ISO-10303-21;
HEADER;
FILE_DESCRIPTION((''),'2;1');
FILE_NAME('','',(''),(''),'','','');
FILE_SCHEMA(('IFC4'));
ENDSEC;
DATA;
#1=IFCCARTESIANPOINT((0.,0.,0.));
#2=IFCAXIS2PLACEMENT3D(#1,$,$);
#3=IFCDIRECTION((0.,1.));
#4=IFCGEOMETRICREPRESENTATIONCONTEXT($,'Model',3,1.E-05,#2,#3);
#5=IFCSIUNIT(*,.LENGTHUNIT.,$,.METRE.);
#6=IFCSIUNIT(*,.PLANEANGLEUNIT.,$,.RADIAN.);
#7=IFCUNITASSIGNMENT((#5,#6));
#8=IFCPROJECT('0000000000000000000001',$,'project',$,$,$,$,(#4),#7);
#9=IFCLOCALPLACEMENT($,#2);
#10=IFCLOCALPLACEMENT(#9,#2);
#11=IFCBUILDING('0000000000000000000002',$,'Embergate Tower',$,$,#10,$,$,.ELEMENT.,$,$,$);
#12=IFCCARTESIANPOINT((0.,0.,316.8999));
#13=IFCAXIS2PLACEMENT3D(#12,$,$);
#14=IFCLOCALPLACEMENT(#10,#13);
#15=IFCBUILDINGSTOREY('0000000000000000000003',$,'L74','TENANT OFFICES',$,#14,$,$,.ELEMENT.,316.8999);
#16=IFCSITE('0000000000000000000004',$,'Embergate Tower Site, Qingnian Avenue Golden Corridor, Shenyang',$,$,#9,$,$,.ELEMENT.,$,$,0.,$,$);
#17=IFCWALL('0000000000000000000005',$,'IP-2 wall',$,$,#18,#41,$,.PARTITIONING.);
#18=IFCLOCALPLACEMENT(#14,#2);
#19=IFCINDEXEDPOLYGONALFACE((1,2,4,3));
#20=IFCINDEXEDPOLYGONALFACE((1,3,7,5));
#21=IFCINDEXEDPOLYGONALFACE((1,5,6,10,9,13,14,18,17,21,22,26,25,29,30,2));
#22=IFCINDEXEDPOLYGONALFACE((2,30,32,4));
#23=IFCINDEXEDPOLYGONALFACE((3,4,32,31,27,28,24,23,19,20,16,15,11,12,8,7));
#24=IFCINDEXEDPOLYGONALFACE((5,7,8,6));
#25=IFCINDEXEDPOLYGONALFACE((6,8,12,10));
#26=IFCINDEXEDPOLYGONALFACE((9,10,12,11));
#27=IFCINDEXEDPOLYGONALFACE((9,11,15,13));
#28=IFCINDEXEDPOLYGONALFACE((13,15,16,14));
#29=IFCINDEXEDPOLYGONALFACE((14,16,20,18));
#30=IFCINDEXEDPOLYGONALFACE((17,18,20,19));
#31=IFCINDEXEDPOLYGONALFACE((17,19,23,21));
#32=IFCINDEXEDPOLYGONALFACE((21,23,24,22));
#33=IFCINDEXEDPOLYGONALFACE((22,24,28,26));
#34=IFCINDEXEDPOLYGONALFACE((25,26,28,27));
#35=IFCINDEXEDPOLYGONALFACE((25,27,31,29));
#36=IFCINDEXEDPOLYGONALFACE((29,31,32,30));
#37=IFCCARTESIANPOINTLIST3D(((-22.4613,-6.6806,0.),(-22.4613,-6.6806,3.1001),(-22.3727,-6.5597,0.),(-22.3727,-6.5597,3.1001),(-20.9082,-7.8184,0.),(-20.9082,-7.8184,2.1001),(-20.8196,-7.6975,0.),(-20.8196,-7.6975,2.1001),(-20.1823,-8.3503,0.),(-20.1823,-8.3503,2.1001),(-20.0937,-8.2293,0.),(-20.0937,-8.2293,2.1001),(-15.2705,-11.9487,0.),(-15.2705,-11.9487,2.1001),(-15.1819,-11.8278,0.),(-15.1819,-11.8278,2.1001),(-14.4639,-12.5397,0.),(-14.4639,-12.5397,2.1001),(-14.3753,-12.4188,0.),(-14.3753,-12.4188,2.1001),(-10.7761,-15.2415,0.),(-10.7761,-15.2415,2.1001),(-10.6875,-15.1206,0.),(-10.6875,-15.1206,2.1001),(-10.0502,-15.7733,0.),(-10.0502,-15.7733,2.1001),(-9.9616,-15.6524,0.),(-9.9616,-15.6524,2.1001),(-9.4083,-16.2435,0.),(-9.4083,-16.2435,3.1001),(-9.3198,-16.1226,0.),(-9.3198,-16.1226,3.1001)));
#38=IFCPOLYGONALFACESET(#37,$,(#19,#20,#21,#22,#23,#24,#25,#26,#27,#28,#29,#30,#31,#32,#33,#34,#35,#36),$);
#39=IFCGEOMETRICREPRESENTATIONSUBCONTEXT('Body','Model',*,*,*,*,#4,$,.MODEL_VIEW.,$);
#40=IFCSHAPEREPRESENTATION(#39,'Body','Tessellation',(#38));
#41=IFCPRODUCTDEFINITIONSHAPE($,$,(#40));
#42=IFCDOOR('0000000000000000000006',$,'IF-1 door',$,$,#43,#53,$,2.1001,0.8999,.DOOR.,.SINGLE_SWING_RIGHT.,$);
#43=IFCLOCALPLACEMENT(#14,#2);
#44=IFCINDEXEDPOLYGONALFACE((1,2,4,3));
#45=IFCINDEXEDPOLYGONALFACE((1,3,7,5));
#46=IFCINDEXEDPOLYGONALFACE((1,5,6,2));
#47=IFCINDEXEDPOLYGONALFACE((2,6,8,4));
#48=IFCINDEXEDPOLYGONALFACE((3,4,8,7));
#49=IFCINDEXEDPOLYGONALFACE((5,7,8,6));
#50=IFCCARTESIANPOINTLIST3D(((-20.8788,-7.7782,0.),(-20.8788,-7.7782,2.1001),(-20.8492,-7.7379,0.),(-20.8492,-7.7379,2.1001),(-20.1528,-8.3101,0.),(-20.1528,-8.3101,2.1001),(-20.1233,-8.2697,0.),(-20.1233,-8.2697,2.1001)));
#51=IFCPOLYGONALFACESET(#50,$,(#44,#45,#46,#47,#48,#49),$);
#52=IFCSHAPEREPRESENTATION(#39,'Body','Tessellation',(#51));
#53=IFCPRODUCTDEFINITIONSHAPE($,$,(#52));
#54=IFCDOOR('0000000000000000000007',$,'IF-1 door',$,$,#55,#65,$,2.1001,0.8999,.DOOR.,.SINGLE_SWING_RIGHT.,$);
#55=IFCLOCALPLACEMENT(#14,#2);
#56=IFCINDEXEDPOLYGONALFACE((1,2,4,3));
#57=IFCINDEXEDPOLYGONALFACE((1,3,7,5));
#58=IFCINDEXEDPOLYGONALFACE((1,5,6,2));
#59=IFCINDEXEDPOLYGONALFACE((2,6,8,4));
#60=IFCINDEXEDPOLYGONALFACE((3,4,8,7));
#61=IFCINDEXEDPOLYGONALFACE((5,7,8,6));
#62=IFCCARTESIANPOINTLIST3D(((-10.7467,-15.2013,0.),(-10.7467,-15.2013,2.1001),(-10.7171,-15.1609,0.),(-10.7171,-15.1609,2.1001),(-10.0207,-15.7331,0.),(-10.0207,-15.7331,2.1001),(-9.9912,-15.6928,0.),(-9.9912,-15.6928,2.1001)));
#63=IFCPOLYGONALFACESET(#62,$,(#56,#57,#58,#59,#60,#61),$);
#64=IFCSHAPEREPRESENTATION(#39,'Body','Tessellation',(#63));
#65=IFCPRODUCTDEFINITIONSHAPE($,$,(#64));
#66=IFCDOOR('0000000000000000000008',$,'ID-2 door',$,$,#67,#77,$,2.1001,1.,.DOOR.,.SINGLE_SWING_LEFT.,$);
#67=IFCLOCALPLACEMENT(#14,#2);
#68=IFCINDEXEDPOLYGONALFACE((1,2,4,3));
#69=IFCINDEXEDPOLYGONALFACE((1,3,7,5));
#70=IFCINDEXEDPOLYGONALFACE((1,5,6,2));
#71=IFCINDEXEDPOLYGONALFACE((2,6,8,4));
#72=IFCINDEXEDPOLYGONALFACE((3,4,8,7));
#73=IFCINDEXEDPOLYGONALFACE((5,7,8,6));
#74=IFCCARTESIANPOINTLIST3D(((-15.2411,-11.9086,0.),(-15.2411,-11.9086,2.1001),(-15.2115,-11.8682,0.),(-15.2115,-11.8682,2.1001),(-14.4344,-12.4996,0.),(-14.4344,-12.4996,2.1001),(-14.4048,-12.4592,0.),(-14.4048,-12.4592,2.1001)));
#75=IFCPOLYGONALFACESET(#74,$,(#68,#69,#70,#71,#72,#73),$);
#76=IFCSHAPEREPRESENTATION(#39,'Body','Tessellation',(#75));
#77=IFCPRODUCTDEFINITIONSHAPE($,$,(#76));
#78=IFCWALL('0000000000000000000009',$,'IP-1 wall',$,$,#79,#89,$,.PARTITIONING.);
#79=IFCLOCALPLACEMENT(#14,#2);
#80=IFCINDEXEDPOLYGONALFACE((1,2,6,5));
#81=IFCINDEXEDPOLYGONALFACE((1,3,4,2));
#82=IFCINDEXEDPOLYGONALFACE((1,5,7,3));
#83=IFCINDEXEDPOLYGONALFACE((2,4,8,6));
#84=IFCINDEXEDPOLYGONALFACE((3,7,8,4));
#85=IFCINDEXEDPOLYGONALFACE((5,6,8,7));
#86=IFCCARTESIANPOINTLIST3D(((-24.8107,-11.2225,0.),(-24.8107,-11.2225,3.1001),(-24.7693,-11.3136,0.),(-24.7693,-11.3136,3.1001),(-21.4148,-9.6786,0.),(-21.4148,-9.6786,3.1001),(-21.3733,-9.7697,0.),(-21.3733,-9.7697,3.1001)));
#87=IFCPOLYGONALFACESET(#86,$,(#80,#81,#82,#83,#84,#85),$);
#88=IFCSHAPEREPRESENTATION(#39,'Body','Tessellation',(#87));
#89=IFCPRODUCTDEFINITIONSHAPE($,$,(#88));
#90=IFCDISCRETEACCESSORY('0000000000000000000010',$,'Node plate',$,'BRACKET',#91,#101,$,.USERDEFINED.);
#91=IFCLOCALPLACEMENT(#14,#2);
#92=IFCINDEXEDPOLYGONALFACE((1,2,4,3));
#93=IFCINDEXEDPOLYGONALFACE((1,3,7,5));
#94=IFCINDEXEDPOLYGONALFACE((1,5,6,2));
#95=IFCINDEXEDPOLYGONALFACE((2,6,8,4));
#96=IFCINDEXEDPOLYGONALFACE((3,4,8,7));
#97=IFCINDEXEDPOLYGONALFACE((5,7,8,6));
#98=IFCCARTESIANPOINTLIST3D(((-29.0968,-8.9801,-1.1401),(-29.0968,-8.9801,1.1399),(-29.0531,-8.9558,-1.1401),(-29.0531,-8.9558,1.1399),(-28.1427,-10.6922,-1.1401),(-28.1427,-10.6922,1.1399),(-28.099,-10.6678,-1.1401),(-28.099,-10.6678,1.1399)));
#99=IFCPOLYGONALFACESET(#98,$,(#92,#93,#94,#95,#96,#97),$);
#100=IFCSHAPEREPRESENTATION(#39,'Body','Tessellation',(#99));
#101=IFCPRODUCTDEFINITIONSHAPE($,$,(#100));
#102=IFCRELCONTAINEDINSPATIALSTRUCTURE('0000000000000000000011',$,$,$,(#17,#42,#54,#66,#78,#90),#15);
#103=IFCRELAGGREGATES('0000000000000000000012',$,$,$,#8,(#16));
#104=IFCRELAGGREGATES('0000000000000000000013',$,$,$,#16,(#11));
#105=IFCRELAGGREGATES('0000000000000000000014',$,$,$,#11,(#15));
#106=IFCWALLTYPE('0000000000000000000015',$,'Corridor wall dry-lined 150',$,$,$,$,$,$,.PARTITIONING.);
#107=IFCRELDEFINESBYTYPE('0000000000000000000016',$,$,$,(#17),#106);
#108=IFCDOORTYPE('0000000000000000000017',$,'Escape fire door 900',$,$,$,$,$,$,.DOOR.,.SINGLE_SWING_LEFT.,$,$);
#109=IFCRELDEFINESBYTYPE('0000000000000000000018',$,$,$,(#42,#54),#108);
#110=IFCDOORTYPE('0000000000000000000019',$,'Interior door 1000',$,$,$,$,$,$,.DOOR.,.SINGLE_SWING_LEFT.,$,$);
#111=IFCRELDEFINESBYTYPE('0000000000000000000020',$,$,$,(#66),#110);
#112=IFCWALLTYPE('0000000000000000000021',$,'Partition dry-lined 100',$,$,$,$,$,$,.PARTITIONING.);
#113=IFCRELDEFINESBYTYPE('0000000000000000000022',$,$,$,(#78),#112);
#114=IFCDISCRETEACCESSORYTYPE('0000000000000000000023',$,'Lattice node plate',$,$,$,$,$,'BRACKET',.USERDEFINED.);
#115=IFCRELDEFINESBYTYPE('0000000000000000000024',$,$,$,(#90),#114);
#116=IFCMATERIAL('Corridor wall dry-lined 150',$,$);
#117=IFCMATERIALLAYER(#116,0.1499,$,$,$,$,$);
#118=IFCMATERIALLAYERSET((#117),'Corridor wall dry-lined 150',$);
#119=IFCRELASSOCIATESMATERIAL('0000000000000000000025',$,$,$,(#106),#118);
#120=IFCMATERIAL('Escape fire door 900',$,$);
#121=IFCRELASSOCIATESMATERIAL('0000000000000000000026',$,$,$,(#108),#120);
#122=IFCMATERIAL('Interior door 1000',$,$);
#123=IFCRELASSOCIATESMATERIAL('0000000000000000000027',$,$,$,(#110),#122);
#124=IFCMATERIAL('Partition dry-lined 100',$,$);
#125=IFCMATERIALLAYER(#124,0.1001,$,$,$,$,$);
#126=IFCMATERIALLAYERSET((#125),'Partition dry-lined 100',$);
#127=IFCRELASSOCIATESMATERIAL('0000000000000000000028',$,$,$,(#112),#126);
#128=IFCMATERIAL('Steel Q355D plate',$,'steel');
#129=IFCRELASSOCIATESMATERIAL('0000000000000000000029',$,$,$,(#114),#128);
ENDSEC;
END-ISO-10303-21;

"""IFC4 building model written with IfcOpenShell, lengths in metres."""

from ifc_helpers import new_model, si_unit, direction, frame, frame_2d, origin, origin_2d, place, context, subcontext, project, spatial, rectangle, extrude, source, transform, mapped, material, layer, layer_set, type_object, element, fill, save


model = new_model("IFC4")

# Units and contexts
model_context = context("Model", 3, precision=1e-05, world=origin(), true_north=direction((0.0, 1.0)))
body_context = subcontext(model_context, "Body", "Model", "MODEL_VIEW")
ifc_project = project(units=[si_unit("LENGTHUNIT", "METRE"), si_unit("PLANEANGLEUNIT", "RADIAN")], contexts=[model_context])

# Site, building, storey
site_placement = place(None, origin())
site = spatial("IfcSite", under=ifc_project, at=site_placement, Name="Embergate Tower Site, Qingnian Avenue Golden Corridor, Shenyang", CompositionType="ELEMENT", RefElevation=0.0)
building_placement = place(site_placement, origin())
building = spatial("IfcBuilding", under=site, at=building_placement, Name="Embergate Tower", CompositionType="ELEMENT")
storey_placement = place(building_placement, frame((0.0, 0.0, 316.8999)))
storey = spatial("IfcBuildingStorey", under=building, at=storey_placement, Name="L74", Description="TENANT OFFICES", CompositionType="ELEMENT", Elevation=316.8999)

# Shared definitions
ifc_material_1 = material(Name="Corridor wall dry-lined 150")
ifc_layer_1 = layer(ifc_material_1, 0.1499)
ifc_layer_set_1 = layer_set([ifc_layer_1], Name="Corridor wall dry-lined 150")
wall_type_1 = type_object("IfcWallType", Name="Corridor wall dry-lined 150", PredefinedType="PARTITIONING", material=ifc_layer_set_1)
shared_shape_1 = source(origin(), body_context, "Body", "SweptSolid", [
    extrude(rectangle(XDim=0.8999, YDim=2.1001, at=frame_2d((0.45, 1.05))), frame((0.0, 0.085, 0.0), z_axis=(0.0, -1.0, 0.0), x_axis=(1.0, 0.0, 0.0)), (0.0, 0.0, 1.0), 0.1699),
])
ifc_material_2 = material(Name="Escape fire door 900")
door_type_1 = type_object("IfcDoorType", Name="Escape fire door 900", OperationType="SINGLE_SWING_LEFT", PredefinedType="DOOR", material=ifc_material_2)
shared_shape_2 = source(origin(), body_context, "Body", "SweptSolid", [
    extrude(rectangle(XDim=0.8999, YDim=2.1001, at=frame_2d((0.45, 1.05))), frame((0.0, 0.0249, 0.0), z_axis=(0.0, -1.0, 0.0), x_axis=(1.0, 0.0, 0.0)), (0.0, 0.0, 1.0), 0.05),
])

# Wall, openings, doors
shared_shape_3 = source(origin(), body_context, "Body", "SweptSolid", [
    extrude(rectangle(XDim=16.1812, YDim=0.1499, at=frame_2d((8.0906, 0.0))), origin(), (0.0, 0.0, 1.0), 3.1001),
])
wall_1_placement = place(storey_placement, frame((-22.417, -6.6201, 0.0), z_axis=(0.0, 0.0, 1.0), x_axis=(0.806676, -0.590994, 0.0)))
wall_1 = element("IfcWall", 1, at=wall_1_placement, inside=storey, type_object=wall_type_1, Name="IP-2 wall", PredefinedType="PARTITIONING", context=body_context, shape_type="MappedRepresentation", body=[
    mapped(shared_shape_3, transform((0.0, 0.0, 0.0))),
])
opening_1_placement = place(wall_1_placement, frame((1.9253, 0.0, 0.0)))
opening_1 = element("IfcOpeningElement", 2, at=opening_1_placement, cuts=wall_1, PredefinedType="OPENING", context=body_context, shape_type="MappedRepresentation", body=[
    mapped(shared_shape_1, transform((0.0, 0.0, 0.0))),
])
shared_shape_4 = source(origin(), body_context, "Body", "SweptSolid", [
    extrude(rectangle(XDim=1.0, YDim=2.1001, at=frame_2d((0.5, 1.05))), frame((0.0, 0.085, 0.0), z_axis=(0.0, -1.0, 0.0), x_axis=(1.0, 0.0, 0.0)), (0.0, 0.0, 1.0), 0.1699),
])
opening_2_placement = place(wall_1_placement, frame((8.9141, 0.0, 0.0)))
opening_2 = element("IfcOpeningElement", 3, at=opening_2_placement, cuts=wall_1, PredefinedType="OPENING", context=body_context, shape_type="MappedRepresentation", body=[
    mapped(shared_shape_4, transform((0.0, 0.0, 0.0))),
])
opening_3_placement = place(wall_1_placement, frame((14.4856, 0.0, 0.0)))
opening_3 = element("IfcOpeningElement", 4, at=opening_3_placement, cuts=wall_1, PredefinedType="OPENING", context=body_context, shape_type="MappedRepresentation", body=[
    mapped(shared_shape_1, transform((0.0, 0.0, 0.0))),
])
door_1_placement = place(opening_1_placement, origin())
door_1 = element("IfcDoor", 5, at=door_1_placement, inside=storey, type_object=door_type_1, Name="IF-1 door", OperationType="SINGLE_SWING_RIGHT", OverallHeight=2.1001, OverallWidth=0.8999, PredefinedType="DOOR", context=body_context, shape_type="MappedRepresentation", body=[
    mapped(shared_shape_2, transform((0.0, 0.0, 0.0))),
])
fill(opening_1, door_1)
door_2_placement = place(opening_3_placement, origin())
door_2 = element("IfcDoor", 6, at=door_2_placement, inside=storey, type_object=door_type_1, Name="IF-1 door", OperationType="SINGLE_SWING_RIGHT", OverallHeight=2.1001, OverallWidth=0.8999, PredefinedType="DOOR", context=body_context, shape_type="MappedRepresentation", body=[
    mapped(shared_shape_2, transform((0.0, 0.0, 0.0))),
])
fill(opening_3, door_2)
ifc_material_3 = material(Name="Interior door 1000")
door_type_2 = type_object("IfcDoorType", Name="Interior door 1000", OperationType="SINGLE_SWING_LEFT", PredefinedType="DOOR", material=ifc_material_3)
shared_shape_5 = source(origin(), body_context, "Body", "SweptSolid", [
    extrude(rectangle(XDim=1.0, YDim=2.1001, at=frame_2d((0.5, 1.05))), frame((0.0, 0.0249, 0.0), z_axis=(0.0, -1.0, 0.0), x_axis=(1.0, 0.0, 0.0)), (0.0, 0.0, 1.0), 0.05),
])
door_3_placement = place(opening_2_placement, origin())
door_3 = element("IfcDoor", 7, at=door_3_placement, inside=storey, type_object=door_type_2, Name="ID-2 door", OperationType="SINGLE_SWING_LEFT", OverallHeight=2.1001, OverallWidth=1.0, PredefinedType="DOOR", context=body_context, shape_type="MappedRepresentation", body=[
    mapped(shared_shape_5, transform((0.0, 0.0, 0.0))),
])
fill(opening_2, door_3)

# Wall
ifc_material_4 = material(Name="Partition dry-lined 100")
ifc_layer_2 = layer(ifc_material_4, 0.1001)
ifc_layer_set_2 = layer_set([ifc_layer_2], Name="Partition dry-lined 100")
wall_type_2 = type_object("IfcWallType", Name="Partition dry-lined 100", PredefinedType="PARTITIONING", material=ifc_layer_set_2)
shared_shape_6 = source(origin(), body_context, "Body", "SweptSolid", [
    extrude(rectangle(XDim=3.7305, YDim=0.1001, at=frame_2d((1.8652, 0.0))), origin(), (0.0, 0.0, 1.0), 3.1001),
])
wall_2_placement = place(storey_placement, frame((-21.394, -9.7241, 0.0), z_axis=(0.0, 0.0, 1.0), x_axis=(-0.910335, -0.413872, 0.0)))
element("IfcWall", 8, at=wall_2_placement, inside=storey, type_object=wall_type_2, Name="IP-1 wall", PredefinedType="PARTITIONING", context=body_context, shape_type="MappedRepresentation", body=[
    mapped(shared_shape_6, transform((0.0, 0.0, 0.0))),
])

# Discrete accessory
ifc_material_5 = material(Name="Steel Q355D plate", Category="steel")
discrete_accessory_type = type_object("IfcDiscreteAccessoryType", Name="Lattice node plate", ElementType="BRACKET", PredefinedType="USERDEFINED", material=ifc_material_5)
shared_shape_7 = source(origin(), body_context, "Body", "SweptSolid", [
    extrude(rectangle(XDim=1.96, YDim=0.05, at=origin_2d()), origin(), (0.0, 0.0, 1.0), 2.28),
])
discrete_accessory_placement = place(storey_placement, frame((-28.5979, -9.824, -1.1401), z_axis=(0.0, 0.0, 1.0), x_axis=(0.486823, -0.8735, 0.0)))
element("IfcDiscreteAccessory", 9, at=discrete_accessory_placement, inside=storey, type_object=discrete_accessory_type, Name="Node plate", ObjectType="BRACKET", PredefinedType="USERDEFINED", context=body_context, shape_type="MappedRepresentation", body=[
    mapped(shared_shape_7, transform((0.0, 0.0, 0.0))),
])

save(model, "model.ifc")
